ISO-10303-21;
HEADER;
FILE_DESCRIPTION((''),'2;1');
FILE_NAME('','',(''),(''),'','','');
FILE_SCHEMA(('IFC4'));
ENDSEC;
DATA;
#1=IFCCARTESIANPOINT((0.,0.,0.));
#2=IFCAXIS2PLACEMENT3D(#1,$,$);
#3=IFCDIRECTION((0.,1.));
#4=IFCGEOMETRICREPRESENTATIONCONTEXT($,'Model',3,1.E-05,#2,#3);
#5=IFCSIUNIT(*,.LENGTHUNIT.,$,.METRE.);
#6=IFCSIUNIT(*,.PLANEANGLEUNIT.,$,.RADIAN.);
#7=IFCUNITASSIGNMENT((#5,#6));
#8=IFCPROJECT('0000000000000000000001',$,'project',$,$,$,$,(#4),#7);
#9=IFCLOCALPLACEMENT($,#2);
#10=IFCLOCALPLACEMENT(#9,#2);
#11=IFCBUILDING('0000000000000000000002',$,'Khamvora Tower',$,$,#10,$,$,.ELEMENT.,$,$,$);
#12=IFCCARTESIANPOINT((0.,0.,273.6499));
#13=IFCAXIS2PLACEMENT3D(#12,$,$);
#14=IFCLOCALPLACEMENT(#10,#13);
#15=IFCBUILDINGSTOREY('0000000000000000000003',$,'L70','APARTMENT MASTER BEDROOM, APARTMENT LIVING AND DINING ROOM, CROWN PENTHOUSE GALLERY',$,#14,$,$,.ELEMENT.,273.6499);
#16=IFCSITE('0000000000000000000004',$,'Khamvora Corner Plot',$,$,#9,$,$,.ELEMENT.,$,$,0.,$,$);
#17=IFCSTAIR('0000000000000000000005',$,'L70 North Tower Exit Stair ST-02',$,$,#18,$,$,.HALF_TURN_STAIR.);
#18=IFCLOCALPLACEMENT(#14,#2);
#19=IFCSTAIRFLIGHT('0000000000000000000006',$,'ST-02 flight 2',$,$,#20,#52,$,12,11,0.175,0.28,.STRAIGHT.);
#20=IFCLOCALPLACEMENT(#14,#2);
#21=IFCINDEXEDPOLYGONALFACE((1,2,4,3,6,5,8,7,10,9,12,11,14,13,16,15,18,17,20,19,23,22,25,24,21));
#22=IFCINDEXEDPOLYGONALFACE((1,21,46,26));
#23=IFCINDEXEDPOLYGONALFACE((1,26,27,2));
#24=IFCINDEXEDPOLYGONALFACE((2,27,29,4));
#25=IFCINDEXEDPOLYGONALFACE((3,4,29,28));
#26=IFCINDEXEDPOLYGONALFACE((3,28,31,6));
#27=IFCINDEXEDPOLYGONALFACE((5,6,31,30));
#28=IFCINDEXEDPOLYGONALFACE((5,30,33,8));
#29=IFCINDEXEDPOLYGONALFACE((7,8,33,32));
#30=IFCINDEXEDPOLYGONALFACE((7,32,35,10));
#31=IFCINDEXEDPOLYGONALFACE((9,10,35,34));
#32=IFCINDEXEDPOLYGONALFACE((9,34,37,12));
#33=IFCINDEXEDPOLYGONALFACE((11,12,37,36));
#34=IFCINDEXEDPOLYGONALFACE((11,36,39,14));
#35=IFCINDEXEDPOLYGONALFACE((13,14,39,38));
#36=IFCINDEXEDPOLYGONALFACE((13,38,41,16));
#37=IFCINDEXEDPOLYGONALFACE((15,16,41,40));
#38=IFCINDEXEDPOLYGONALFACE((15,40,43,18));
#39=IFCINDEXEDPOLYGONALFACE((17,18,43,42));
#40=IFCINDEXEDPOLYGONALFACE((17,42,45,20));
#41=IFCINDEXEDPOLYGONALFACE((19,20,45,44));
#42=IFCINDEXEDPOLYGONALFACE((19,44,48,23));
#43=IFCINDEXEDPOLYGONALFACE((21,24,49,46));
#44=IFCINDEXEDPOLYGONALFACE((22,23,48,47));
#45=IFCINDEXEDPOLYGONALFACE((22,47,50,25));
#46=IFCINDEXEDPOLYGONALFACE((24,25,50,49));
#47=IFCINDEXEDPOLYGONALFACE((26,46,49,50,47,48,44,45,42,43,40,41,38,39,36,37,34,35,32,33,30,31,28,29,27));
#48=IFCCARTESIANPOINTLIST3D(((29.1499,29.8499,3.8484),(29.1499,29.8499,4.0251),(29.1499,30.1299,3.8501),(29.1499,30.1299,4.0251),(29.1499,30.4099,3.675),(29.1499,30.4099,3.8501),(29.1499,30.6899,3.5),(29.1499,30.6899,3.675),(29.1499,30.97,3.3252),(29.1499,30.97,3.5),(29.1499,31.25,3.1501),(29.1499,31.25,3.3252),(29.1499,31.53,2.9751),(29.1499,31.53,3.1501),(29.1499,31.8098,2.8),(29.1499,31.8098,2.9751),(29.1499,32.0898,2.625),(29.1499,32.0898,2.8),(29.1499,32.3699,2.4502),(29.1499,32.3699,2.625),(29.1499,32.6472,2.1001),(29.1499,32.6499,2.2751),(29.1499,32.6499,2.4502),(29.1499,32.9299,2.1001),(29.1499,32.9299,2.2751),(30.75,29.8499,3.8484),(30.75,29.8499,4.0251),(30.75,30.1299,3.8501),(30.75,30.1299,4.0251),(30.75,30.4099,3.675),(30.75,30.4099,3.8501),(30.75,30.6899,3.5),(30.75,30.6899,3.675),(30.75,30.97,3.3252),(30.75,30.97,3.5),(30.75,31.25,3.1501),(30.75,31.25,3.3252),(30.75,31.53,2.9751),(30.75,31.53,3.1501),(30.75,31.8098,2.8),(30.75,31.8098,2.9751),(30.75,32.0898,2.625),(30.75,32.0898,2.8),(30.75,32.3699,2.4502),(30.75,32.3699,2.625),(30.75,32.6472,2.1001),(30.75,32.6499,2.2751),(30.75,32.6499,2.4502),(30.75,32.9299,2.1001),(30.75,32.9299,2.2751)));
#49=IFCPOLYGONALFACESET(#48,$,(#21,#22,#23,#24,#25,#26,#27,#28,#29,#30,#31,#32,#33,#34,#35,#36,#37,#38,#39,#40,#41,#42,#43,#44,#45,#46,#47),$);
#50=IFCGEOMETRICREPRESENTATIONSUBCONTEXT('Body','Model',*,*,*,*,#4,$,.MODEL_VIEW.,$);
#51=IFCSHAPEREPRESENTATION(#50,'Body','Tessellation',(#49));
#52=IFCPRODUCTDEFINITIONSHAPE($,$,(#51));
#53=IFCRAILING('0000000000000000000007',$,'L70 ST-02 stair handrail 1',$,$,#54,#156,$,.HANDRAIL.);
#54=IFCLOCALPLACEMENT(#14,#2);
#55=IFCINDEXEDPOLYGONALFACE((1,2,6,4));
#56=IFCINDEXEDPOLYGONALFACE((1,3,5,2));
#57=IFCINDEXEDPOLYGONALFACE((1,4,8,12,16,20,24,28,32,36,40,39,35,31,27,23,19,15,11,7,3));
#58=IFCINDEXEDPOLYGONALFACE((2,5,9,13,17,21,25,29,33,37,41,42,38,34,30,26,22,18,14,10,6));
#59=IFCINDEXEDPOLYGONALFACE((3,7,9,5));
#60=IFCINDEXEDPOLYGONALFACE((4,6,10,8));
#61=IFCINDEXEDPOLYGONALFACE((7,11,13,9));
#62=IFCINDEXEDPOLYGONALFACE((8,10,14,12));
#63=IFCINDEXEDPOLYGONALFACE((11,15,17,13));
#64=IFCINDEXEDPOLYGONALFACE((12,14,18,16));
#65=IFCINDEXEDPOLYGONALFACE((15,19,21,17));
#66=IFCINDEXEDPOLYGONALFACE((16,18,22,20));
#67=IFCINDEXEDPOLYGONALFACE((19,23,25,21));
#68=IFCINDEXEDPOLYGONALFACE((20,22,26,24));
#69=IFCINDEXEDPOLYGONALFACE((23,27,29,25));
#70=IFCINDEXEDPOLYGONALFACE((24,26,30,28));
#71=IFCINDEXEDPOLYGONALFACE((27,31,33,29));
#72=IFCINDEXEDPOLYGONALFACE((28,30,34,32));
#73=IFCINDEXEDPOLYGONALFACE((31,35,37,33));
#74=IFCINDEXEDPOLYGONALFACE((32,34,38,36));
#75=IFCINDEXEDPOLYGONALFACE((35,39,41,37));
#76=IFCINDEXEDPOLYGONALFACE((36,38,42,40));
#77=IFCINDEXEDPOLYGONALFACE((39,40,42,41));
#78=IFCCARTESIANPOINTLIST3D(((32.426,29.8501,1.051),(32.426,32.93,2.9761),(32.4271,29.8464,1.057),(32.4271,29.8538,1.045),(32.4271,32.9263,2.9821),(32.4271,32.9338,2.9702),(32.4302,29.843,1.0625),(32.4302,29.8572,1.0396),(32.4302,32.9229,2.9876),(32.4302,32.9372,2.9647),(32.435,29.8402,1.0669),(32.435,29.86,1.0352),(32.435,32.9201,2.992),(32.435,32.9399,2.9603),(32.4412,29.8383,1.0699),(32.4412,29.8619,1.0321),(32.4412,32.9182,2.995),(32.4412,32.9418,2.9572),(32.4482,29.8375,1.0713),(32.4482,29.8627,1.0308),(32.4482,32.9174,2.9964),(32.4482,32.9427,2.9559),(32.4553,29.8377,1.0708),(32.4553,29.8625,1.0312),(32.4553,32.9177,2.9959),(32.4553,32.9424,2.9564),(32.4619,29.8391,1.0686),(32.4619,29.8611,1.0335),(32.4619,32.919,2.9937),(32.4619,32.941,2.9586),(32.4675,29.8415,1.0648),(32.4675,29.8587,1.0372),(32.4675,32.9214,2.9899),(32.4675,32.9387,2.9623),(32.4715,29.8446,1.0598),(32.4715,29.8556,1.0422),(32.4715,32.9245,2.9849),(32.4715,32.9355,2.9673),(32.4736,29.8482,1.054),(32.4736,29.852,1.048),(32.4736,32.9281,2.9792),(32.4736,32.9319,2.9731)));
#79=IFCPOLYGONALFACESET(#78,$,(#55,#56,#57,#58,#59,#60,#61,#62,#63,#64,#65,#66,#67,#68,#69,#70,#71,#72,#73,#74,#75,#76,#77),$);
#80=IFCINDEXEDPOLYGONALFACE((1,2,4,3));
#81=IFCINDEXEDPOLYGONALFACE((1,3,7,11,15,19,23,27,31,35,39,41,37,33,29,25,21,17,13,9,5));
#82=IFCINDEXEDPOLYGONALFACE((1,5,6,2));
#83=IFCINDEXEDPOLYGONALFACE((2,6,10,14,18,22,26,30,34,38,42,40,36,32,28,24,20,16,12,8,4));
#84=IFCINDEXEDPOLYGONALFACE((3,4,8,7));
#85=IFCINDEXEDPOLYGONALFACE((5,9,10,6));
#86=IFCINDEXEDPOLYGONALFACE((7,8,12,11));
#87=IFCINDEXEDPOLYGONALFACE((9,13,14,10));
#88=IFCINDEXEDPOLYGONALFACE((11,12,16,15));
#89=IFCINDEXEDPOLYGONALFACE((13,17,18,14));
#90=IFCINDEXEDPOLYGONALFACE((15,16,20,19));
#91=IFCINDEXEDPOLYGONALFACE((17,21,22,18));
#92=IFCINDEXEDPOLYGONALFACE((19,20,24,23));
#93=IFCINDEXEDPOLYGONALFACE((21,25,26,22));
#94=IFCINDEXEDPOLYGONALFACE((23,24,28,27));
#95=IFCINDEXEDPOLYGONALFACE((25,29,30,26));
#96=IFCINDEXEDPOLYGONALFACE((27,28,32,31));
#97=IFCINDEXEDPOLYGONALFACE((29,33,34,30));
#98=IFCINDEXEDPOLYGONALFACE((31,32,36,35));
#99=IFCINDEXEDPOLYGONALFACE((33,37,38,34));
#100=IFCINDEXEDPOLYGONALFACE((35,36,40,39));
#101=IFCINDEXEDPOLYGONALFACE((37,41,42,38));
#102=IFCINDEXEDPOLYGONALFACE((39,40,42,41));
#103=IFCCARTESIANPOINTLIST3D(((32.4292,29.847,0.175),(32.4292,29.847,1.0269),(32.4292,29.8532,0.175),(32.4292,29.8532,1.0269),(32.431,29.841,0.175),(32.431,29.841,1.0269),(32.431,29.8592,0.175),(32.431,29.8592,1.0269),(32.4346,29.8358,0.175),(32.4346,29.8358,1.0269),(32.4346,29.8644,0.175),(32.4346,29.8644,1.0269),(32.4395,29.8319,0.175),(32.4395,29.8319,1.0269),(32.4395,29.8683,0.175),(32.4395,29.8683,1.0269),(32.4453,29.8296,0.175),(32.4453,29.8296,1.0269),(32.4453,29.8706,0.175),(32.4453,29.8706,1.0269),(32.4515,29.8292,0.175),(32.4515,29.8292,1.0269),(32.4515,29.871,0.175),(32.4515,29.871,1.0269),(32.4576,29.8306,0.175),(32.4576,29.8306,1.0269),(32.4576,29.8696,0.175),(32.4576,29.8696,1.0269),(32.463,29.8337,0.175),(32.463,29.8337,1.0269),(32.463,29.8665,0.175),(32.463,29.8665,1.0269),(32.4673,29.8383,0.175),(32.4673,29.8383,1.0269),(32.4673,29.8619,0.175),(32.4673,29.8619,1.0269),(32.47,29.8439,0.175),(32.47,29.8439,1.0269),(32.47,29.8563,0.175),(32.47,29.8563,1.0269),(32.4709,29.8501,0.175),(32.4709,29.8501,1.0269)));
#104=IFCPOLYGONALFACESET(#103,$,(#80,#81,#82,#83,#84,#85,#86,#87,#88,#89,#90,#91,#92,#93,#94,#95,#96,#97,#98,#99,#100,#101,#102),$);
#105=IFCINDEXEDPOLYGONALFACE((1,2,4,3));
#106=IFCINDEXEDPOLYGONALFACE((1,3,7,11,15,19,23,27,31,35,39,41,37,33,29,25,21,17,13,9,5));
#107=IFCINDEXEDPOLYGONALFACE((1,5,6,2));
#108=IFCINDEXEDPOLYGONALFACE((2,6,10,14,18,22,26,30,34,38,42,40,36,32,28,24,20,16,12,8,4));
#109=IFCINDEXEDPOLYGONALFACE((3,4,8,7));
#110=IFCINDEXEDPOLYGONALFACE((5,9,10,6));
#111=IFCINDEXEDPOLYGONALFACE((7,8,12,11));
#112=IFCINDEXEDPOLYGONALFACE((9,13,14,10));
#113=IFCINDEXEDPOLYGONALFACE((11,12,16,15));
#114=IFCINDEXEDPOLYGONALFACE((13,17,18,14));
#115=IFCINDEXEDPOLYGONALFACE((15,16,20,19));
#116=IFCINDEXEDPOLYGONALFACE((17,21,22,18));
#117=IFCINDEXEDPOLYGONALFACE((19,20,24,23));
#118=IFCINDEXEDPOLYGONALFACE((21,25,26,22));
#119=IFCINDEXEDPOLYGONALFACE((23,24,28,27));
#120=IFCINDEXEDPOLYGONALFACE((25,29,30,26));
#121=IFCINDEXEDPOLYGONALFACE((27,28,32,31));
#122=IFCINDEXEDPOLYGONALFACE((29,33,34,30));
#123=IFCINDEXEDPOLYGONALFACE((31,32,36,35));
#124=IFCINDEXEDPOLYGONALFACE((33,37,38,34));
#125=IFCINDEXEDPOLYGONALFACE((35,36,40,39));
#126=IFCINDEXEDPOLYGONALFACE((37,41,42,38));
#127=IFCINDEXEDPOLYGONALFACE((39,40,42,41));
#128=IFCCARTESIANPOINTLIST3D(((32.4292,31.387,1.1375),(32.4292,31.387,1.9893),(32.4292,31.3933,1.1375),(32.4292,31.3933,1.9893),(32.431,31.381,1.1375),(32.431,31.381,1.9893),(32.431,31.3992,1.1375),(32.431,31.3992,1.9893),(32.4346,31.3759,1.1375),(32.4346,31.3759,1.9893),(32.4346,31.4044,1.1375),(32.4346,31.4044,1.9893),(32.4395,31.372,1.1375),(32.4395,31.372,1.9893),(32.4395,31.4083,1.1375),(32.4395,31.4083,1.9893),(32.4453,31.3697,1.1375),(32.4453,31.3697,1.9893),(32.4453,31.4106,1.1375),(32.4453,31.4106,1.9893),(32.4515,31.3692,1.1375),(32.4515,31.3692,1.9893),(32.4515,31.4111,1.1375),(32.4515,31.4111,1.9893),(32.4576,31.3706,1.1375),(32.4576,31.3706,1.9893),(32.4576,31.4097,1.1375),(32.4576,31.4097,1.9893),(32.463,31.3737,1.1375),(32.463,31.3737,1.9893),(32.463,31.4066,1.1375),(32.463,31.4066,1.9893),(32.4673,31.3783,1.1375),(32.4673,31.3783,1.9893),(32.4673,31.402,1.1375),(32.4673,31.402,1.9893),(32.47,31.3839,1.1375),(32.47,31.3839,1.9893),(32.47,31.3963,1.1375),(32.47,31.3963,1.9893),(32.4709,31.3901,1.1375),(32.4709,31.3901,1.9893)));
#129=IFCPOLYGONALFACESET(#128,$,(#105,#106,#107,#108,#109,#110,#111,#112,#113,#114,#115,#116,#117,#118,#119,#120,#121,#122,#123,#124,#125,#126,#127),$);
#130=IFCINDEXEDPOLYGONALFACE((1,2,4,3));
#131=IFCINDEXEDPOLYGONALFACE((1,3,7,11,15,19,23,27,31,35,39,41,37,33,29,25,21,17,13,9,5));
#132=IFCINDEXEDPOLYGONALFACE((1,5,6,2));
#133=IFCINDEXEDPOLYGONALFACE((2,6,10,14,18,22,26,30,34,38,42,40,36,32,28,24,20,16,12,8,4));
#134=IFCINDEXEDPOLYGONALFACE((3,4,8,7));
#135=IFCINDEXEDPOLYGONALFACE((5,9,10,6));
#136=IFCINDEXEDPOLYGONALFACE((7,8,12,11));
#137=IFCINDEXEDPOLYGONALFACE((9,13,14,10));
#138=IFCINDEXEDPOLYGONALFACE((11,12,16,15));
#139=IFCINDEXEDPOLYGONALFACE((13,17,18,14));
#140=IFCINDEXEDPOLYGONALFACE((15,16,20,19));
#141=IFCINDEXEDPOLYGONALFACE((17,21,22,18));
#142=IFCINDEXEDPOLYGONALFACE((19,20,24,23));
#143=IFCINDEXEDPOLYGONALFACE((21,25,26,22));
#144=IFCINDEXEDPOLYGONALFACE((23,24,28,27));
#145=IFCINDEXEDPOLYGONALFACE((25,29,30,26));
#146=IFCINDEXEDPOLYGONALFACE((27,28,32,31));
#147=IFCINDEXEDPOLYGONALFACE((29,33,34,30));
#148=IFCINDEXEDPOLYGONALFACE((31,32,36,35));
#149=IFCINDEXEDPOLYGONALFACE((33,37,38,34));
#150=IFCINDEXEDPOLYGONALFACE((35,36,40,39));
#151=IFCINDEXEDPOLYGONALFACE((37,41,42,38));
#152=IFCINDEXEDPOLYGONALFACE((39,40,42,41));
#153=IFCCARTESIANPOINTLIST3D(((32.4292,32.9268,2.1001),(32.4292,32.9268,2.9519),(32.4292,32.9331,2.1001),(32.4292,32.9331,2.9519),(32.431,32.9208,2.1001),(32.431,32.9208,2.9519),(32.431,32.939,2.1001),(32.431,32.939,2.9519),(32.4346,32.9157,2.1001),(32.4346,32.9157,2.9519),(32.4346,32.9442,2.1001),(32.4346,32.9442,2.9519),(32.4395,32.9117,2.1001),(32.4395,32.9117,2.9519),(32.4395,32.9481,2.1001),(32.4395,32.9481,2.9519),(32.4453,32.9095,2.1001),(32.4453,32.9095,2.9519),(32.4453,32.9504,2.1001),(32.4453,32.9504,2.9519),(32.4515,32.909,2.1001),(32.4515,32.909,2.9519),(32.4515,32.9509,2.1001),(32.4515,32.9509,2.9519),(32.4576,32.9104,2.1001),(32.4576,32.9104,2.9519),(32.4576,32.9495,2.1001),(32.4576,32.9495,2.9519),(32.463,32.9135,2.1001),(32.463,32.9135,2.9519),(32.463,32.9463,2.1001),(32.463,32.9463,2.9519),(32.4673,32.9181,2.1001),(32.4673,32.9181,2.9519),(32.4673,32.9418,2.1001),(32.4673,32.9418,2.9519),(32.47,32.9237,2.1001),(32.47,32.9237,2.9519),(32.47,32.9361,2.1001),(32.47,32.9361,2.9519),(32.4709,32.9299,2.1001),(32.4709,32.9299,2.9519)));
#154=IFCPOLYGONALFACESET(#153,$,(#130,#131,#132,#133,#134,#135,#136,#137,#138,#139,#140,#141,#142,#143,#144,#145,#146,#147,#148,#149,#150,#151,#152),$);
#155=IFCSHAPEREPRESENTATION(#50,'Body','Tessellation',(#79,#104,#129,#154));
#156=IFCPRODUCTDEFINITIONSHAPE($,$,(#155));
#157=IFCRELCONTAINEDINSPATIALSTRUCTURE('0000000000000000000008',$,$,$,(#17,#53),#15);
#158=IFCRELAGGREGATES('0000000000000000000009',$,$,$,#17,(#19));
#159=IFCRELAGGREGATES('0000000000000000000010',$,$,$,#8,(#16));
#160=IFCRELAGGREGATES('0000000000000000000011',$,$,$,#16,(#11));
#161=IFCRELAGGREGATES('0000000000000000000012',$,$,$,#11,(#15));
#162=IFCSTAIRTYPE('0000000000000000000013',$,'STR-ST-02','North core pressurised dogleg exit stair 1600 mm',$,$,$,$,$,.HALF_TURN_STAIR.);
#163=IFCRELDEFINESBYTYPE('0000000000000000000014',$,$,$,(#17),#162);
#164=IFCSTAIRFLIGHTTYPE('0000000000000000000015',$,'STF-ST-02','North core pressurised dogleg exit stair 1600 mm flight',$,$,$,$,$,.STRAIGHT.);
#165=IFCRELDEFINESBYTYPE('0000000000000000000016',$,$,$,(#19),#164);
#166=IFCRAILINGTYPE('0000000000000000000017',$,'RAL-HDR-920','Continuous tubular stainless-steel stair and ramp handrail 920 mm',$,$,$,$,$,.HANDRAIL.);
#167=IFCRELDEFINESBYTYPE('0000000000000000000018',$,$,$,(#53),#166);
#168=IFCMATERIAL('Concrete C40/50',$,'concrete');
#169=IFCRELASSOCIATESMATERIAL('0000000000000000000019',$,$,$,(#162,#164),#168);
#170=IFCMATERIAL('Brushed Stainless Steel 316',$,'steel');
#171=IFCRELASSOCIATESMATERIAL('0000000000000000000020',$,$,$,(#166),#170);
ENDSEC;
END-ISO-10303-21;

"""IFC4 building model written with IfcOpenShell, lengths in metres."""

from ifc_helpers import new_model, si_unit, direction, frame, origin, origin_2d, place, context, subcontext, project, spatial, polyline, circle, outline, extrude, material, type_object, element, aggregate, save


model = new_model("IFC4")

# Units and contexts
model_context = context("Model", 3, precision=1e-05, world=origin(), true_north=direction((0.0, 1.0)))
body_context = subcontext(model_context, "Body", "Model", "MODEL_VIEW")
ifc_project = project(units=[si_unit("LENGTHUNIT", "METRE"), si_unit("PLANEANGLEUNIT", "RADIAN")], contexts=[model_context])

# Site, building, storey
site_placement = place(None, origin())
site = spatial("IfcSite", under=ifc_project, at=site_placement, Name="Khamvora Corner Plot", CompositionType="ELEMENT", RefElevation=0.0)
building_placement = place(site_placement, origin())
building = spatial("IfcBuilding", under=site, at=building_placement, Name="Khamvora Tower", CompositionType="ELEMENT")
storey_placement = place(building_placement, frame((0.0, 0.0, 273.6499)))
storey = spatial("IfcBuildingStorey", under=building, at=storey_placement, Name="L70", Description="APARTMENT MASTER BEDROOM, APARTMENT LIVING AND DINING ROOM, CROWN PENTHOUSE GALLERY", CompositionType="ELEMENT", Elevation=273.6499)

# Shared definitions
ifc_material_1 = material(Name="Concrete C40/50", Category="concrete")

# Stair, stair flight
stair_type = type_object("IfcStairType", Name="STR-ST-02", Description="North core pressurised dogleg exit stair 1600 mm", PredefinedType="HALF_TURN_STAIR", material=ifc_material_1)
stair_placement = place(storey_placement, origin())
stair = element("IfcStair", 1, at=stair_placement, inside=storey, type_object=stair_type, Name="L70 North Tower Exit Stair ST-02", PredefinedType="HALF_TURN_STAIR")
stair_flight_type = type_object("IfcStairFlightType", Name="STF-ST-02", Description="North core pressurised dogleg exit stair 1600 mm flight", PredefinedType="STRAIGHT", material=ifc_material_1)
stair_flight_1_placement = place(storey_placement, frame((29.95, 32.9299, 2.1001), z_axis=(0.0, 0.0, 1.0), x_axis=(0.0, -1.0, 0.0)))
stair_flight_1 = element("IfcStairFlight", 2, at=stair_flight_1_placement, type_object=stair_flight_type, Name="ST-02 flight 2", NumberOfRisers=12, NumberOfTreads=11, PredefinedType="STRAIGHT", RiserHeight=0.175, TreadLength=0.28, context=body_context, shape_type="SweptSolid", body=[
    extrude(outline(polyline([(0.0, 0.0), (0.0, 0.175), (0.28, 0.175), (0.28, 0.3501), (0.5601, 0.3501), (0.5601, 0.5249), (0.8401, 0.5249), (0.8401, 0.7), (1.1201, 0.7), (1.1201, 0.875), (1.3999, 0.875), (1.3999, 1.05), (1.6799, 1.05), (1.6799, 1.2251), (1.96, 1.2251), (1.96, 1.3999), (2.24, 1.3999), (2.24, 1.575), (2.52, 1.575), (2.52, 1.75), (2.8, 1.75), (2.8, 1.925), (3.0801, 1.925), (3.0801, 2.1001), (3.0801, 1.7483), (0.2827, 0.0), (0.0, 0.0)])), frame((0.0, 0.8, 0.0), z_axis=(0.0, -1.0, 0.0), x_axis=(1.0, 0.0, 0.0)), (0.0, 0.0, 1.0), 1.6001),
])
aggregate(stair, [stair_flight_1])

# Railing
ifc_material_2 = material(Name="Brushed Stainless Steel 316", Category="steel")
railing_type_1 = type_object("IfcRailingType", Name="RAL-HDR-920", Description="Continuous tubular stainless-steel stair and ramp handrail 920 mm", PredefinedType="HANDRAIL", material=ifc_material_2)
railing_1_placement = place(storey_placement, frame((32.45, 29.8501, 0.175)))
element("IfcRailing", 3, at=railing_1_placement, inside=storey, type_object=railing_type_1, Name="L70 ST-02 stair handrail 1", PredefinedType="HANDRAIL", context=body_context, shape_type="SweptSolid", body=[
    extrude(circle(Radius=0.0239, at=origin_2d()), frame((0.0, 0.0, 0.876), z_axis=(0.0, 0.847979, 0.530029), x_axis=(-1.0, 0.0, 0.0)), (0.0, 0.0, 1.0), 3.6321),
    extrude(circle(Radius=0.021, at=origin_2d()), origin(), (0.0, 0.0, 1.0), 0.8518),
    extrude(circle(Radius=0.021, at=origin_2d()), frame((0.0, 1.54, 0.9624)), (0.0, 0.0, 1.0), 0.8518),
    extrude(circle(Radius=0.021, at=origin_2d()), frame((0.0, 3.0798, 1.925)), (0.0, 0.0, 1.0), 0.8518),
])

save(model, "model.ifc")
